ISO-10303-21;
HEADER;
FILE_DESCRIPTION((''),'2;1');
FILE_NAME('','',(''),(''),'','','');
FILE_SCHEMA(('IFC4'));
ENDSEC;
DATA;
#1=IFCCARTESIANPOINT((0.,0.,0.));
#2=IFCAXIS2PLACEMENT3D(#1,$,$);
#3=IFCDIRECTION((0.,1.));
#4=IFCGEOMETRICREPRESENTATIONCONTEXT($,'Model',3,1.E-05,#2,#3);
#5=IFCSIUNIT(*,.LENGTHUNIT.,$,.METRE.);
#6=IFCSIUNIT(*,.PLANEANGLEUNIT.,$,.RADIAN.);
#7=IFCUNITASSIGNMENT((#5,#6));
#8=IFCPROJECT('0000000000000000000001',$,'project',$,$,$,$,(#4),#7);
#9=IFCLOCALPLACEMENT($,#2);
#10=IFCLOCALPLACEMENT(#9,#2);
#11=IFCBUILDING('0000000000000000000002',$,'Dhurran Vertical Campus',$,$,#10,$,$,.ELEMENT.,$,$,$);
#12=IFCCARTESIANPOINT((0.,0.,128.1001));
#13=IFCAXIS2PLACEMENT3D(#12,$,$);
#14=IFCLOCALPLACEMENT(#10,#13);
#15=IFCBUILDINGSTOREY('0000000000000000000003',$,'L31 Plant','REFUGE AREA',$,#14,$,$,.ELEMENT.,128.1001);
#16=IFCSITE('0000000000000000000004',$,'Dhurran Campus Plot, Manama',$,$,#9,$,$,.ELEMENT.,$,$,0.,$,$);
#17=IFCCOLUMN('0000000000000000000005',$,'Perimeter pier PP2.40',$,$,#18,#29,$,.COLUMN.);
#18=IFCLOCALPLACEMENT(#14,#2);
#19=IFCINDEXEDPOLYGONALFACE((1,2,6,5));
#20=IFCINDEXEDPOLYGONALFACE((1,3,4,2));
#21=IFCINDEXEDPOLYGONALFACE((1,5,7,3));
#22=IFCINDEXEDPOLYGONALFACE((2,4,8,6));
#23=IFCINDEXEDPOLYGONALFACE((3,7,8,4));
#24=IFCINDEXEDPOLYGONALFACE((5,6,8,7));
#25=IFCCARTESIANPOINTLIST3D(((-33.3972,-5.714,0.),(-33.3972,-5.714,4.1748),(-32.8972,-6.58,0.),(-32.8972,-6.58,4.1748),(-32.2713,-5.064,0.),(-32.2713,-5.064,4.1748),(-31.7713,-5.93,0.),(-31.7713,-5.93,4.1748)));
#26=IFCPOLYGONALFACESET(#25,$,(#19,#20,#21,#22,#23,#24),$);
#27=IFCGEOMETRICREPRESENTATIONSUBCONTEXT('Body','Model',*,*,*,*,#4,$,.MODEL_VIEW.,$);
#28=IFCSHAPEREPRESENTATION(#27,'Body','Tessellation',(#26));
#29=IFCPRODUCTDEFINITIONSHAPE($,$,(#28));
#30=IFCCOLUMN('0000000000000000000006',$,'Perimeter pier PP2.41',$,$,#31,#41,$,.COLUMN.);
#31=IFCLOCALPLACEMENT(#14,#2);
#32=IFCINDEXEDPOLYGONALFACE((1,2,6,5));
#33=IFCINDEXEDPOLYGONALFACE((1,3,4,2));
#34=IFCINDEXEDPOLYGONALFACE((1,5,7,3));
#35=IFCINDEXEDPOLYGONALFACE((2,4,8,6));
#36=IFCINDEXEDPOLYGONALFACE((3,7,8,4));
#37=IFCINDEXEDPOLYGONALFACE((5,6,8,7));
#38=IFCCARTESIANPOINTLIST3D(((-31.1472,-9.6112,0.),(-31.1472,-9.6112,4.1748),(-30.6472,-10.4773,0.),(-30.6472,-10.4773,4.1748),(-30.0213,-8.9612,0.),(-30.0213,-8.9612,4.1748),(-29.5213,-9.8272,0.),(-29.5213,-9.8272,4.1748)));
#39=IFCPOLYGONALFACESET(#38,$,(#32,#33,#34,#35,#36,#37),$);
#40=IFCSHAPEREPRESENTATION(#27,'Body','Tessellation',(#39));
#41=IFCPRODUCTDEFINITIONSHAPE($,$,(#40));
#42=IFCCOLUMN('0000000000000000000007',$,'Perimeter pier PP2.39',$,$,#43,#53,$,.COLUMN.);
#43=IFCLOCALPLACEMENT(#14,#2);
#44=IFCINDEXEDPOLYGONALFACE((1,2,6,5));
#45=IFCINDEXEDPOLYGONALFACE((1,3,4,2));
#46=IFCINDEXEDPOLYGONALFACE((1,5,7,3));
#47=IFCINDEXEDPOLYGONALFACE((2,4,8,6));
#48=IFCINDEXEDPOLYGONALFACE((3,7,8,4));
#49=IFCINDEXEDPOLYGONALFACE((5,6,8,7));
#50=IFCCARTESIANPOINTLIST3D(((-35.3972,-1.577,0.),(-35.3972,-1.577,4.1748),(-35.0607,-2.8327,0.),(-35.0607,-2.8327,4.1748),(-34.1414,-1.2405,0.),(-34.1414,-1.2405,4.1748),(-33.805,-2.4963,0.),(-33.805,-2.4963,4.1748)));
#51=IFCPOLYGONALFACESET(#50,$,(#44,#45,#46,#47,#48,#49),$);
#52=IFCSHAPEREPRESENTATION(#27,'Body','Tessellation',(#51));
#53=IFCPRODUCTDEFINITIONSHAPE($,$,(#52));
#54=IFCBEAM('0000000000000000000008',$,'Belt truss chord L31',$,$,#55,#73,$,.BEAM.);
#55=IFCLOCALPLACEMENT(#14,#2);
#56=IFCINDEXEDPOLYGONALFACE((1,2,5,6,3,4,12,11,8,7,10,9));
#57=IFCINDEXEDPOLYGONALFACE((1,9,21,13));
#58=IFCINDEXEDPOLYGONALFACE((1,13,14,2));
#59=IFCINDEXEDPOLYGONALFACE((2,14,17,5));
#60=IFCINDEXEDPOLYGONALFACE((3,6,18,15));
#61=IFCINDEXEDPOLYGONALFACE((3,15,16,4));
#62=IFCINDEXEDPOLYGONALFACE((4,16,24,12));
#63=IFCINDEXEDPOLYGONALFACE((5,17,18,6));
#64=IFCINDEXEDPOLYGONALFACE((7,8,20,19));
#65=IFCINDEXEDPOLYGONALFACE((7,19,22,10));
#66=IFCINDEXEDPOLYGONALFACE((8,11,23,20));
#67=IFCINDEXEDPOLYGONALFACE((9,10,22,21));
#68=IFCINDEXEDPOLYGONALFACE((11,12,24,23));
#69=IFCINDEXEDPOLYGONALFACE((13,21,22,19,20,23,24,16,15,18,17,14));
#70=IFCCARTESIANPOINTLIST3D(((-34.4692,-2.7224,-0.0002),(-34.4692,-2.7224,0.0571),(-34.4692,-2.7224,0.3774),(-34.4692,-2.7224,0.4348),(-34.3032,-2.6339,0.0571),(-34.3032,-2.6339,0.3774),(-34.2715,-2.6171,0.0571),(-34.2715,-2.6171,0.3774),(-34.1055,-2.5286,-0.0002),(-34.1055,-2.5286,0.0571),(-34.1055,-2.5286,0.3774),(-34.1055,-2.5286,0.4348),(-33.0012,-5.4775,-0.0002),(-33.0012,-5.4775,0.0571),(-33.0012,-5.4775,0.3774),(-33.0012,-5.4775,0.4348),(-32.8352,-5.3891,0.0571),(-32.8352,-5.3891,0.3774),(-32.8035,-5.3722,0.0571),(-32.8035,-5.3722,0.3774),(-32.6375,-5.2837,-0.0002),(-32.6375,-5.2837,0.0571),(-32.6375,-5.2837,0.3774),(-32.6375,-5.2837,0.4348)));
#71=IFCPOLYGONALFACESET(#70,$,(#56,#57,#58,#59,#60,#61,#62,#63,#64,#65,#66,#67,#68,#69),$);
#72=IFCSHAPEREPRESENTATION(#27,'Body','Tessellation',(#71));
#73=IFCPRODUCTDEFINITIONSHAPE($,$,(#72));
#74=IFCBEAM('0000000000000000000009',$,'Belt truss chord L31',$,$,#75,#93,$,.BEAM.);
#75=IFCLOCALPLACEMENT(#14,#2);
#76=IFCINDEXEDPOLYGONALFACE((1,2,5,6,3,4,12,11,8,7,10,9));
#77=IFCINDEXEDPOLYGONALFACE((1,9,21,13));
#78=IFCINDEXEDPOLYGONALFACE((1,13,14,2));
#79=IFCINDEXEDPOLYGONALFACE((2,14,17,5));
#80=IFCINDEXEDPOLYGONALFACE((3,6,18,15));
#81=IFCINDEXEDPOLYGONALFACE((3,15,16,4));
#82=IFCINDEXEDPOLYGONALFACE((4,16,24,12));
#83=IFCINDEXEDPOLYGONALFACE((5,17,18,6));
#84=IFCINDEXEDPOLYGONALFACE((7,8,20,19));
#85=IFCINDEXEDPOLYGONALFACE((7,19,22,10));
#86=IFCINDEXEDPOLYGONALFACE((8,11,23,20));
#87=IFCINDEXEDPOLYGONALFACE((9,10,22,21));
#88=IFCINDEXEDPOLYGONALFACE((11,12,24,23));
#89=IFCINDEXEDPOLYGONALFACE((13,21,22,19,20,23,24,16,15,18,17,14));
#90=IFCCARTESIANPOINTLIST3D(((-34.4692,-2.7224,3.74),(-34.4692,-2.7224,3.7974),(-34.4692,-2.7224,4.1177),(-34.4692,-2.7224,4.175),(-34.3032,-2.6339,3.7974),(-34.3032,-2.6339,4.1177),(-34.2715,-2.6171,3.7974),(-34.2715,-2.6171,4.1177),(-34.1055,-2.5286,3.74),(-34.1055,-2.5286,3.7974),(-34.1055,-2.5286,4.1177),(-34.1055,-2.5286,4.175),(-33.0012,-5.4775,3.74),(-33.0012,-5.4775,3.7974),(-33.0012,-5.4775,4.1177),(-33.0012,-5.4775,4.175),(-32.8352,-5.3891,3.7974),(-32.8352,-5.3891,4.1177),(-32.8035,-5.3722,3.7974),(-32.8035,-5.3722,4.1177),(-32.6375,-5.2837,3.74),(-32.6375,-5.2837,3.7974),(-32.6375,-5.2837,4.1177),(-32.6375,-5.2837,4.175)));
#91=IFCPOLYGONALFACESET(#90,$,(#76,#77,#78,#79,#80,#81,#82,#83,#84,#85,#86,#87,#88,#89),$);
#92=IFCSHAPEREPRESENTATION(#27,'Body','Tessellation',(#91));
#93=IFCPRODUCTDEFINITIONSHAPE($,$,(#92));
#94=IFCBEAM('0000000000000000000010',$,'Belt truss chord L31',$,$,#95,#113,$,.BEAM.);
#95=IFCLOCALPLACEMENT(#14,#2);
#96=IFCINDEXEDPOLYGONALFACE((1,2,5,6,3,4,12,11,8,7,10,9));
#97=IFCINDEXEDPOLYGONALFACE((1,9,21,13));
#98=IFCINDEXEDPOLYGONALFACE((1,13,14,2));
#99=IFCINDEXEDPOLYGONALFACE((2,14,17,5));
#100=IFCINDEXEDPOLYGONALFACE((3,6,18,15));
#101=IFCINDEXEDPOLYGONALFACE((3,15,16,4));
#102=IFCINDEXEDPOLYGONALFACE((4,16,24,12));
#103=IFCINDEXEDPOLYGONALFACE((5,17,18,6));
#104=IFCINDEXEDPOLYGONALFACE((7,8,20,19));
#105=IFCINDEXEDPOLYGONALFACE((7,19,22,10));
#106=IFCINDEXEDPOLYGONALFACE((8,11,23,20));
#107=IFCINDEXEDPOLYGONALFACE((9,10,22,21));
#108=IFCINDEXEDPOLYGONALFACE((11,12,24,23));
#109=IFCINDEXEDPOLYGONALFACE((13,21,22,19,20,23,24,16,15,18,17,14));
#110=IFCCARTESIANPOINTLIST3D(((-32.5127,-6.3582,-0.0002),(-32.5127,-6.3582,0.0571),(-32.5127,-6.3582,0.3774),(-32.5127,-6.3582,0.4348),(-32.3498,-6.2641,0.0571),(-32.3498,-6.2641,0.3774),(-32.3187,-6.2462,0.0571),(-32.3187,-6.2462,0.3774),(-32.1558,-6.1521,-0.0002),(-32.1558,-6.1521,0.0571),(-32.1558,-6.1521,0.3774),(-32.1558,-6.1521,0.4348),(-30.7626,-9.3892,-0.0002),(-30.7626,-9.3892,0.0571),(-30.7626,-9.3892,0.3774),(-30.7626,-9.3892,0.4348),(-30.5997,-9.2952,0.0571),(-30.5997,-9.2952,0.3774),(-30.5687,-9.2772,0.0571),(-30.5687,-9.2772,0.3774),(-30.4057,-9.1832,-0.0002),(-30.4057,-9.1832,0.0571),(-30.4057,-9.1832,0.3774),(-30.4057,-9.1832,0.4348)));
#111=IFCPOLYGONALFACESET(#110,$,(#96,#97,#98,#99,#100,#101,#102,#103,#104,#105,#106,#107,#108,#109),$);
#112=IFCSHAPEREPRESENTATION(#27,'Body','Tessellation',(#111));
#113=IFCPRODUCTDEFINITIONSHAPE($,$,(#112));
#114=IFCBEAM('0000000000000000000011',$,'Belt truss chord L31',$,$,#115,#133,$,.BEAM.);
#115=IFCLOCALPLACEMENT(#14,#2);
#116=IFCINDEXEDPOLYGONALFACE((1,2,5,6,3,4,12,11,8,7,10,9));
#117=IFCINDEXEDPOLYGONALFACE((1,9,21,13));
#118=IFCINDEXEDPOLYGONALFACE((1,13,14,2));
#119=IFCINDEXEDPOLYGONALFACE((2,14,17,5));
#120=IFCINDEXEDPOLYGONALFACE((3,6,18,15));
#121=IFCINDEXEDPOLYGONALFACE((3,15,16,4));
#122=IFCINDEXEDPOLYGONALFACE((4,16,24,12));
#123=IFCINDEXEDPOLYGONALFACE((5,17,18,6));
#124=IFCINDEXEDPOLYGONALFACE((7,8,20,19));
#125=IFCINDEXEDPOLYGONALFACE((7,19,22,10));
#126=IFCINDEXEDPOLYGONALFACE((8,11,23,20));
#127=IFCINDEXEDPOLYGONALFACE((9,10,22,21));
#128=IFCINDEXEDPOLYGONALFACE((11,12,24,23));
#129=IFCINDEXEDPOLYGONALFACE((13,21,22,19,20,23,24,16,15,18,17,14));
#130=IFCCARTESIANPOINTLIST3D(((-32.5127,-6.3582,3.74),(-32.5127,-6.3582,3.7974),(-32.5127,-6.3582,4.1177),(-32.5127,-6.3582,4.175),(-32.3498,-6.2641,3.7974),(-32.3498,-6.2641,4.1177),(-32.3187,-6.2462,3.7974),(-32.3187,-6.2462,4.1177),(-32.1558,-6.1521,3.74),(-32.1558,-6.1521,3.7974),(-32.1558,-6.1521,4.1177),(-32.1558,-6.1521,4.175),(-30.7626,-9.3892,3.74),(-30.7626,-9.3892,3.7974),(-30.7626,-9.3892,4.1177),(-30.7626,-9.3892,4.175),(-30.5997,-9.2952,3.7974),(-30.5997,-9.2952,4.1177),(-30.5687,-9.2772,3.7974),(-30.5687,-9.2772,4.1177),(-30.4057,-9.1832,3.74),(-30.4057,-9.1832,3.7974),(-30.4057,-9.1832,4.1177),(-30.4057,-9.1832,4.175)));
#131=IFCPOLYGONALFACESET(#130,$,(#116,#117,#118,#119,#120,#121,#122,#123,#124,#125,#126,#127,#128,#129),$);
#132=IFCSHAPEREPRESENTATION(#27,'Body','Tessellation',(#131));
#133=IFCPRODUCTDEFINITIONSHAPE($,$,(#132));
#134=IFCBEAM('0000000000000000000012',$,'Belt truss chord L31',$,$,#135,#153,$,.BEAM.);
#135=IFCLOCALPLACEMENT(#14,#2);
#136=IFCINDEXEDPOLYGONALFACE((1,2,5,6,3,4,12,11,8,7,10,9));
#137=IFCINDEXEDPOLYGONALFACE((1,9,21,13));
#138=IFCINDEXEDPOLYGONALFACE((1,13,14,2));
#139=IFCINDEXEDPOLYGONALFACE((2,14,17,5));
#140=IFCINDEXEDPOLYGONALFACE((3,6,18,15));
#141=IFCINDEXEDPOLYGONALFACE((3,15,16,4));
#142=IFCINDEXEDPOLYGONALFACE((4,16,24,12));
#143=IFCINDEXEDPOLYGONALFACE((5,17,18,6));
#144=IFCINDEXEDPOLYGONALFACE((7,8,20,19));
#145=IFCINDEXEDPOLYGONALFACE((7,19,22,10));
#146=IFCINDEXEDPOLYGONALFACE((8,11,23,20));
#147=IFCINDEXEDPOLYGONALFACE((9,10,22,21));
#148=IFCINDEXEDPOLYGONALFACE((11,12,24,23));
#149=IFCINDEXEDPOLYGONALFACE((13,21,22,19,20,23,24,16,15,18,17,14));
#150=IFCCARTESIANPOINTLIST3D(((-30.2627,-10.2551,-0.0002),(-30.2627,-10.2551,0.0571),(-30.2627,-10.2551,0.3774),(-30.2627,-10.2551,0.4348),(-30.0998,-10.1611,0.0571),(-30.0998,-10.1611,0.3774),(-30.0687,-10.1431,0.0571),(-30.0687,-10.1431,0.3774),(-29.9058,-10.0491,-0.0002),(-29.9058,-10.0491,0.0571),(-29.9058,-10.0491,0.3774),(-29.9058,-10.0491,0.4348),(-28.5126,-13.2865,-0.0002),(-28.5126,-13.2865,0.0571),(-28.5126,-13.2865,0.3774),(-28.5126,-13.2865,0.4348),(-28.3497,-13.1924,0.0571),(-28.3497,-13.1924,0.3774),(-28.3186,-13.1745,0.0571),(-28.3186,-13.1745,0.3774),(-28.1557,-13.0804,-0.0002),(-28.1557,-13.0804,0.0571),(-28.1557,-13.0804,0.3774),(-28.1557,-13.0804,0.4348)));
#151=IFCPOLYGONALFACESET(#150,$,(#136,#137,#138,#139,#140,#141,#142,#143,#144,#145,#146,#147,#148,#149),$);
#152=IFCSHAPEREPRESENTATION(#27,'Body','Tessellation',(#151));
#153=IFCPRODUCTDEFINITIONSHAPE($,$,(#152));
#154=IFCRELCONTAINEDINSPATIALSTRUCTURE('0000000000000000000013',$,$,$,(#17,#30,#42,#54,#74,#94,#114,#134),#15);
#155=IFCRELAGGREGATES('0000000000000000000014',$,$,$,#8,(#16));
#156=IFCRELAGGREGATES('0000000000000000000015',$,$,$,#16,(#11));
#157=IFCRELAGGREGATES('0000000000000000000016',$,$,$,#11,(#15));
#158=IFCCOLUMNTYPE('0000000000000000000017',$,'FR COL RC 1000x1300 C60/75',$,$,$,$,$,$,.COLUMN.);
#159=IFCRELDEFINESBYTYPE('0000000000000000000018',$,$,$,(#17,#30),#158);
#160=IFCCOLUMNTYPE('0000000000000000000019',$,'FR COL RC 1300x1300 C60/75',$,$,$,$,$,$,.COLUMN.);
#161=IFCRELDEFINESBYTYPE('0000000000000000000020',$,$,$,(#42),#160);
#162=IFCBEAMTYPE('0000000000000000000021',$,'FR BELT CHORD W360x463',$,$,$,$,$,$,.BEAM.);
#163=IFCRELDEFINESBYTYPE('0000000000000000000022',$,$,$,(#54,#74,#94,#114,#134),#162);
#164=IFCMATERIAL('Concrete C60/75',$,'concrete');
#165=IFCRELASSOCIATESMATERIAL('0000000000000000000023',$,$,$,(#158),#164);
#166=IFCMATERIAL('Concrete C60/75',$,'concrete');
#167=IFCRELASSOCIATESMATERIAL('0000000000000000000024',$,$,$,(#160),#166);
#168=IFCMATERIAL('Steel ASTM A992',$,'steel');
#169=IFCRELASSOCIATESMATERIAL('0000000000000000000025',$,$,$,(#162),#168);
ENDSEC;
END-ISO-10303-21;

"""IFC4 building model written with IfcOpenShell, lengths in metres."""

from ifc_helpers import new_model, si_unit, direction, frame, origin, origin_2d, place, context, subcontext, project, spatial, rectangle, i_section, extrude, material, material_profile, profile_set, type_object, element, save


model = new_model("IFC4")

# Units and contexts
model_context = context("Model", 3, precision=1e-05, world=origin(), true_north=direction((0.0, 1.0)))
body_context = subcontext(model_context, "Body", "Model", "MODEL_VIEW")
ifc_project = project(units=[si_unit("LENGTHUNIT", "METRE"), si_unit("PLANEANGLEUNIT", "RADIAN")], contexts=[model_context])

# Site, building, storey
site_placement = place(None, origin())
site = spatial("IfcSite", under=ifc_project, at=site_placement, Name="Dhurran Campus Plot, Manama", CompositionType="ELEMENT", RefElevation=0.0)
building_placement = place(site_placement, origin())
building = spatial("IfcBuilding", under=site, at=building_placement, Name="Dhurran Vertical Campus", CompositionType="ELEMENT")
storey_placement = place(building_placement, frame((0.0, 0.0, 128.1001)))
storey = spatial("IfcBuildingStorey", under=building, at=storey_placement, Name="L31 Plant", Description="REFUGE AREA", CompositionType="ELEMENT", Elevation=128.1001)

# Columns
ifc_material_1 = material(Name="Concrete C60/75", Category="concrete")
ifc_material_profile_1 = material_profile(ifc_material_1, rectangle(XDim=1.0, YDim=1.3, at=origin_2d()), Name="RC 1000x1300")
ifc_profile_set_1 = profile_set([ifc_material_profile_1], Name="Concrete C60/75")
column_type_1 = type_object("IfcColumnType", Name="FR COL RC 1000x1300 C60/75", PredefinedType="COLUMN", material=ifc_profile_set_1)
for number, where, z_axis, x_axis, name in (
    (1, (-32.5842, -5.822, 0.0), (0.0, 0.0, 1.0), (0.5, -0.866025, 0.0), "Perimeter pier PP2.40"),
    (2, (-30.3342, -9.7192, 0.0), (0.0, 0.0, 1.0), (0.5, -0.866025, 0.0), "Perimeter pier PP2.41"),
):
    element("IfcColumn", number, at=place(storey_placement, frame(where, z_axis=z_axis, x_axis=x_axis)), inside=storey, type_object=column_type_1, Name=name, PredefinedType="COLUMN", context=body_context, shape_type="SweptSolid", body=[
        extrude(rectangle(XDim=1.0, YDim=1.3, at=origin_2d()), origin(), (0.0, 0.0, 1.0), 4.1748),
    ])
ifc_material_2 = material(Name="Concrete C60/75", Category="concrete")
ifc_material_profile_2 = material_profile(ifc_material_2, rectangle(XDim=1.3, YDim=1.3, at=origin_2d()), Name="RC 1300x1300")
ifc_profile_set_2 = profile_set([ifc_material_profile_2], Name="Concrete C60/75")
column_type_2 = type_object("IfcColumnType", Name="FR COL RC 1300x1300 C60/75", PredefinedType="COLUMN", material=ifc_profile_set_2)
column_placement = place(storey_placement, frame((-34.6011, -2.0366, 0.0), z_axis=(0.0, 0.0, 1.0), x_axis=(0.258819, -0.965926, 0.0)))
element("IfcColumn", 3, at=column_placement, inside=storey, type_object=column_type_2, Name="Perimeter pier PP2.39", PredefinedType="COLUMN", context=body_context, shape_type="SweptSolid", body=[
    extrude(rectangle(XDim=1.3, YDim=1.3, at=origin_2d()), origin(), (0.0, 0.0, 1.0), 4.1748),
])

# Beams
ifc_material_3 = material(Name="Steel ASTM A992", Category="steel")
ifc_material_profile_3 = material_profile(ifc_material_3, i_section(OverallWidth=0.4121, OverallDepth=0.4351, WebThickness=0.0359, FlangeThickness=0.0574, at=origin_2d()), Name="W360x463")
ifc_profile_set_3 = profile_set([ifc_material_profile_3], Name="Steel ASTM A992")
beam_type = type_object("IfcBeamType", Name="FR BELT CHORD W360x463", PredefinedType="BEAM", material=ifc_profile_set_3)
for number, where, z_axis, x_axis, name in (
    (4, (-34.2874, -2.6255, 0.2173), (0.470243, -0.882537, 0.0), (0.882537, 0.470243, 0.0), "Belt truss chord L31"),
    (5, (-34.2874, -2.6255, 3.9575), (0.470243, -0.882537, 0.0), (0.882537, 0.470243, 0.0), "Belt truss chord L31"),
):
    element("IfcBeam", number, at=place(storey_placement, frame(where, z_axis=z_axis, x_axis=x_axis)), inside=storey, type_object=beam_type, Name=name, PredefinedType="BEAM", context=body_context, shape_type="SweptSolid", body=[
        extrude(i_section(OverallWidth=0.4121, OverallDepth=0.4351, WebThickness=0.0359, FlangeThickness=0.0574, at=origin_2d()), origin(), (0.0, 0.0, 1.0), 3.1218),
    ])
for number, where, z_axis, x_axis, name in (
    (6, (-32.3342, -6.2551, 0.2173), (0.50001, -0.866019, 0.0), (0.866019, 0.50001, 0.0), "Belt truss chord L31"),
    (7, (-32.3342, -6.2551, 3.9575), (0.50001, -0.866019, 0.0), (0.866019, 0.50001, 0.0), "Belt truss chord L31"),
):
    element("IfcBeam", number, at=place(storey_placement, frame(where, z_axis=z_axis, x_axis=x_axis)), inside=storey, type_object=beam_type, Name=name, PredefinedType="BEAM", context=body_context, shape_type="SweptSolid", body=[
        extrude(i_section(OverallWidth=0.4121, OverallDepth=0.4351, WebThickness=0.0359, FlangeThickness=0.0574, at=origin_2d()), origin(), (0.0, 0.0, 1.0), 3.5),
    ])
beam_placement = place(storey_placement, frame((-30.0842, -10.1521, 0.2173), z_axis=(0.49998, -0.866037, 0.0), x_axis=(0.866037, 0.49998, 0.0)))
element("IfcBeam", 8, at=beam_placement, inside=storey, type_object=beam_type, Name="Belt truss chord L31", PredefinedType="BEAM", context=body_context, shape_type="SweptSolid", body=[
    extrude(i_section(OverallWidth=0.4121, OverallDepth=0.4351, WebThickness=0.0359, FlangeThickness=0.0574, at=origin_2d()), origin(), (0.0, 0.0, 1.0), 3.5002),
])

save(model, "model.ifc")
